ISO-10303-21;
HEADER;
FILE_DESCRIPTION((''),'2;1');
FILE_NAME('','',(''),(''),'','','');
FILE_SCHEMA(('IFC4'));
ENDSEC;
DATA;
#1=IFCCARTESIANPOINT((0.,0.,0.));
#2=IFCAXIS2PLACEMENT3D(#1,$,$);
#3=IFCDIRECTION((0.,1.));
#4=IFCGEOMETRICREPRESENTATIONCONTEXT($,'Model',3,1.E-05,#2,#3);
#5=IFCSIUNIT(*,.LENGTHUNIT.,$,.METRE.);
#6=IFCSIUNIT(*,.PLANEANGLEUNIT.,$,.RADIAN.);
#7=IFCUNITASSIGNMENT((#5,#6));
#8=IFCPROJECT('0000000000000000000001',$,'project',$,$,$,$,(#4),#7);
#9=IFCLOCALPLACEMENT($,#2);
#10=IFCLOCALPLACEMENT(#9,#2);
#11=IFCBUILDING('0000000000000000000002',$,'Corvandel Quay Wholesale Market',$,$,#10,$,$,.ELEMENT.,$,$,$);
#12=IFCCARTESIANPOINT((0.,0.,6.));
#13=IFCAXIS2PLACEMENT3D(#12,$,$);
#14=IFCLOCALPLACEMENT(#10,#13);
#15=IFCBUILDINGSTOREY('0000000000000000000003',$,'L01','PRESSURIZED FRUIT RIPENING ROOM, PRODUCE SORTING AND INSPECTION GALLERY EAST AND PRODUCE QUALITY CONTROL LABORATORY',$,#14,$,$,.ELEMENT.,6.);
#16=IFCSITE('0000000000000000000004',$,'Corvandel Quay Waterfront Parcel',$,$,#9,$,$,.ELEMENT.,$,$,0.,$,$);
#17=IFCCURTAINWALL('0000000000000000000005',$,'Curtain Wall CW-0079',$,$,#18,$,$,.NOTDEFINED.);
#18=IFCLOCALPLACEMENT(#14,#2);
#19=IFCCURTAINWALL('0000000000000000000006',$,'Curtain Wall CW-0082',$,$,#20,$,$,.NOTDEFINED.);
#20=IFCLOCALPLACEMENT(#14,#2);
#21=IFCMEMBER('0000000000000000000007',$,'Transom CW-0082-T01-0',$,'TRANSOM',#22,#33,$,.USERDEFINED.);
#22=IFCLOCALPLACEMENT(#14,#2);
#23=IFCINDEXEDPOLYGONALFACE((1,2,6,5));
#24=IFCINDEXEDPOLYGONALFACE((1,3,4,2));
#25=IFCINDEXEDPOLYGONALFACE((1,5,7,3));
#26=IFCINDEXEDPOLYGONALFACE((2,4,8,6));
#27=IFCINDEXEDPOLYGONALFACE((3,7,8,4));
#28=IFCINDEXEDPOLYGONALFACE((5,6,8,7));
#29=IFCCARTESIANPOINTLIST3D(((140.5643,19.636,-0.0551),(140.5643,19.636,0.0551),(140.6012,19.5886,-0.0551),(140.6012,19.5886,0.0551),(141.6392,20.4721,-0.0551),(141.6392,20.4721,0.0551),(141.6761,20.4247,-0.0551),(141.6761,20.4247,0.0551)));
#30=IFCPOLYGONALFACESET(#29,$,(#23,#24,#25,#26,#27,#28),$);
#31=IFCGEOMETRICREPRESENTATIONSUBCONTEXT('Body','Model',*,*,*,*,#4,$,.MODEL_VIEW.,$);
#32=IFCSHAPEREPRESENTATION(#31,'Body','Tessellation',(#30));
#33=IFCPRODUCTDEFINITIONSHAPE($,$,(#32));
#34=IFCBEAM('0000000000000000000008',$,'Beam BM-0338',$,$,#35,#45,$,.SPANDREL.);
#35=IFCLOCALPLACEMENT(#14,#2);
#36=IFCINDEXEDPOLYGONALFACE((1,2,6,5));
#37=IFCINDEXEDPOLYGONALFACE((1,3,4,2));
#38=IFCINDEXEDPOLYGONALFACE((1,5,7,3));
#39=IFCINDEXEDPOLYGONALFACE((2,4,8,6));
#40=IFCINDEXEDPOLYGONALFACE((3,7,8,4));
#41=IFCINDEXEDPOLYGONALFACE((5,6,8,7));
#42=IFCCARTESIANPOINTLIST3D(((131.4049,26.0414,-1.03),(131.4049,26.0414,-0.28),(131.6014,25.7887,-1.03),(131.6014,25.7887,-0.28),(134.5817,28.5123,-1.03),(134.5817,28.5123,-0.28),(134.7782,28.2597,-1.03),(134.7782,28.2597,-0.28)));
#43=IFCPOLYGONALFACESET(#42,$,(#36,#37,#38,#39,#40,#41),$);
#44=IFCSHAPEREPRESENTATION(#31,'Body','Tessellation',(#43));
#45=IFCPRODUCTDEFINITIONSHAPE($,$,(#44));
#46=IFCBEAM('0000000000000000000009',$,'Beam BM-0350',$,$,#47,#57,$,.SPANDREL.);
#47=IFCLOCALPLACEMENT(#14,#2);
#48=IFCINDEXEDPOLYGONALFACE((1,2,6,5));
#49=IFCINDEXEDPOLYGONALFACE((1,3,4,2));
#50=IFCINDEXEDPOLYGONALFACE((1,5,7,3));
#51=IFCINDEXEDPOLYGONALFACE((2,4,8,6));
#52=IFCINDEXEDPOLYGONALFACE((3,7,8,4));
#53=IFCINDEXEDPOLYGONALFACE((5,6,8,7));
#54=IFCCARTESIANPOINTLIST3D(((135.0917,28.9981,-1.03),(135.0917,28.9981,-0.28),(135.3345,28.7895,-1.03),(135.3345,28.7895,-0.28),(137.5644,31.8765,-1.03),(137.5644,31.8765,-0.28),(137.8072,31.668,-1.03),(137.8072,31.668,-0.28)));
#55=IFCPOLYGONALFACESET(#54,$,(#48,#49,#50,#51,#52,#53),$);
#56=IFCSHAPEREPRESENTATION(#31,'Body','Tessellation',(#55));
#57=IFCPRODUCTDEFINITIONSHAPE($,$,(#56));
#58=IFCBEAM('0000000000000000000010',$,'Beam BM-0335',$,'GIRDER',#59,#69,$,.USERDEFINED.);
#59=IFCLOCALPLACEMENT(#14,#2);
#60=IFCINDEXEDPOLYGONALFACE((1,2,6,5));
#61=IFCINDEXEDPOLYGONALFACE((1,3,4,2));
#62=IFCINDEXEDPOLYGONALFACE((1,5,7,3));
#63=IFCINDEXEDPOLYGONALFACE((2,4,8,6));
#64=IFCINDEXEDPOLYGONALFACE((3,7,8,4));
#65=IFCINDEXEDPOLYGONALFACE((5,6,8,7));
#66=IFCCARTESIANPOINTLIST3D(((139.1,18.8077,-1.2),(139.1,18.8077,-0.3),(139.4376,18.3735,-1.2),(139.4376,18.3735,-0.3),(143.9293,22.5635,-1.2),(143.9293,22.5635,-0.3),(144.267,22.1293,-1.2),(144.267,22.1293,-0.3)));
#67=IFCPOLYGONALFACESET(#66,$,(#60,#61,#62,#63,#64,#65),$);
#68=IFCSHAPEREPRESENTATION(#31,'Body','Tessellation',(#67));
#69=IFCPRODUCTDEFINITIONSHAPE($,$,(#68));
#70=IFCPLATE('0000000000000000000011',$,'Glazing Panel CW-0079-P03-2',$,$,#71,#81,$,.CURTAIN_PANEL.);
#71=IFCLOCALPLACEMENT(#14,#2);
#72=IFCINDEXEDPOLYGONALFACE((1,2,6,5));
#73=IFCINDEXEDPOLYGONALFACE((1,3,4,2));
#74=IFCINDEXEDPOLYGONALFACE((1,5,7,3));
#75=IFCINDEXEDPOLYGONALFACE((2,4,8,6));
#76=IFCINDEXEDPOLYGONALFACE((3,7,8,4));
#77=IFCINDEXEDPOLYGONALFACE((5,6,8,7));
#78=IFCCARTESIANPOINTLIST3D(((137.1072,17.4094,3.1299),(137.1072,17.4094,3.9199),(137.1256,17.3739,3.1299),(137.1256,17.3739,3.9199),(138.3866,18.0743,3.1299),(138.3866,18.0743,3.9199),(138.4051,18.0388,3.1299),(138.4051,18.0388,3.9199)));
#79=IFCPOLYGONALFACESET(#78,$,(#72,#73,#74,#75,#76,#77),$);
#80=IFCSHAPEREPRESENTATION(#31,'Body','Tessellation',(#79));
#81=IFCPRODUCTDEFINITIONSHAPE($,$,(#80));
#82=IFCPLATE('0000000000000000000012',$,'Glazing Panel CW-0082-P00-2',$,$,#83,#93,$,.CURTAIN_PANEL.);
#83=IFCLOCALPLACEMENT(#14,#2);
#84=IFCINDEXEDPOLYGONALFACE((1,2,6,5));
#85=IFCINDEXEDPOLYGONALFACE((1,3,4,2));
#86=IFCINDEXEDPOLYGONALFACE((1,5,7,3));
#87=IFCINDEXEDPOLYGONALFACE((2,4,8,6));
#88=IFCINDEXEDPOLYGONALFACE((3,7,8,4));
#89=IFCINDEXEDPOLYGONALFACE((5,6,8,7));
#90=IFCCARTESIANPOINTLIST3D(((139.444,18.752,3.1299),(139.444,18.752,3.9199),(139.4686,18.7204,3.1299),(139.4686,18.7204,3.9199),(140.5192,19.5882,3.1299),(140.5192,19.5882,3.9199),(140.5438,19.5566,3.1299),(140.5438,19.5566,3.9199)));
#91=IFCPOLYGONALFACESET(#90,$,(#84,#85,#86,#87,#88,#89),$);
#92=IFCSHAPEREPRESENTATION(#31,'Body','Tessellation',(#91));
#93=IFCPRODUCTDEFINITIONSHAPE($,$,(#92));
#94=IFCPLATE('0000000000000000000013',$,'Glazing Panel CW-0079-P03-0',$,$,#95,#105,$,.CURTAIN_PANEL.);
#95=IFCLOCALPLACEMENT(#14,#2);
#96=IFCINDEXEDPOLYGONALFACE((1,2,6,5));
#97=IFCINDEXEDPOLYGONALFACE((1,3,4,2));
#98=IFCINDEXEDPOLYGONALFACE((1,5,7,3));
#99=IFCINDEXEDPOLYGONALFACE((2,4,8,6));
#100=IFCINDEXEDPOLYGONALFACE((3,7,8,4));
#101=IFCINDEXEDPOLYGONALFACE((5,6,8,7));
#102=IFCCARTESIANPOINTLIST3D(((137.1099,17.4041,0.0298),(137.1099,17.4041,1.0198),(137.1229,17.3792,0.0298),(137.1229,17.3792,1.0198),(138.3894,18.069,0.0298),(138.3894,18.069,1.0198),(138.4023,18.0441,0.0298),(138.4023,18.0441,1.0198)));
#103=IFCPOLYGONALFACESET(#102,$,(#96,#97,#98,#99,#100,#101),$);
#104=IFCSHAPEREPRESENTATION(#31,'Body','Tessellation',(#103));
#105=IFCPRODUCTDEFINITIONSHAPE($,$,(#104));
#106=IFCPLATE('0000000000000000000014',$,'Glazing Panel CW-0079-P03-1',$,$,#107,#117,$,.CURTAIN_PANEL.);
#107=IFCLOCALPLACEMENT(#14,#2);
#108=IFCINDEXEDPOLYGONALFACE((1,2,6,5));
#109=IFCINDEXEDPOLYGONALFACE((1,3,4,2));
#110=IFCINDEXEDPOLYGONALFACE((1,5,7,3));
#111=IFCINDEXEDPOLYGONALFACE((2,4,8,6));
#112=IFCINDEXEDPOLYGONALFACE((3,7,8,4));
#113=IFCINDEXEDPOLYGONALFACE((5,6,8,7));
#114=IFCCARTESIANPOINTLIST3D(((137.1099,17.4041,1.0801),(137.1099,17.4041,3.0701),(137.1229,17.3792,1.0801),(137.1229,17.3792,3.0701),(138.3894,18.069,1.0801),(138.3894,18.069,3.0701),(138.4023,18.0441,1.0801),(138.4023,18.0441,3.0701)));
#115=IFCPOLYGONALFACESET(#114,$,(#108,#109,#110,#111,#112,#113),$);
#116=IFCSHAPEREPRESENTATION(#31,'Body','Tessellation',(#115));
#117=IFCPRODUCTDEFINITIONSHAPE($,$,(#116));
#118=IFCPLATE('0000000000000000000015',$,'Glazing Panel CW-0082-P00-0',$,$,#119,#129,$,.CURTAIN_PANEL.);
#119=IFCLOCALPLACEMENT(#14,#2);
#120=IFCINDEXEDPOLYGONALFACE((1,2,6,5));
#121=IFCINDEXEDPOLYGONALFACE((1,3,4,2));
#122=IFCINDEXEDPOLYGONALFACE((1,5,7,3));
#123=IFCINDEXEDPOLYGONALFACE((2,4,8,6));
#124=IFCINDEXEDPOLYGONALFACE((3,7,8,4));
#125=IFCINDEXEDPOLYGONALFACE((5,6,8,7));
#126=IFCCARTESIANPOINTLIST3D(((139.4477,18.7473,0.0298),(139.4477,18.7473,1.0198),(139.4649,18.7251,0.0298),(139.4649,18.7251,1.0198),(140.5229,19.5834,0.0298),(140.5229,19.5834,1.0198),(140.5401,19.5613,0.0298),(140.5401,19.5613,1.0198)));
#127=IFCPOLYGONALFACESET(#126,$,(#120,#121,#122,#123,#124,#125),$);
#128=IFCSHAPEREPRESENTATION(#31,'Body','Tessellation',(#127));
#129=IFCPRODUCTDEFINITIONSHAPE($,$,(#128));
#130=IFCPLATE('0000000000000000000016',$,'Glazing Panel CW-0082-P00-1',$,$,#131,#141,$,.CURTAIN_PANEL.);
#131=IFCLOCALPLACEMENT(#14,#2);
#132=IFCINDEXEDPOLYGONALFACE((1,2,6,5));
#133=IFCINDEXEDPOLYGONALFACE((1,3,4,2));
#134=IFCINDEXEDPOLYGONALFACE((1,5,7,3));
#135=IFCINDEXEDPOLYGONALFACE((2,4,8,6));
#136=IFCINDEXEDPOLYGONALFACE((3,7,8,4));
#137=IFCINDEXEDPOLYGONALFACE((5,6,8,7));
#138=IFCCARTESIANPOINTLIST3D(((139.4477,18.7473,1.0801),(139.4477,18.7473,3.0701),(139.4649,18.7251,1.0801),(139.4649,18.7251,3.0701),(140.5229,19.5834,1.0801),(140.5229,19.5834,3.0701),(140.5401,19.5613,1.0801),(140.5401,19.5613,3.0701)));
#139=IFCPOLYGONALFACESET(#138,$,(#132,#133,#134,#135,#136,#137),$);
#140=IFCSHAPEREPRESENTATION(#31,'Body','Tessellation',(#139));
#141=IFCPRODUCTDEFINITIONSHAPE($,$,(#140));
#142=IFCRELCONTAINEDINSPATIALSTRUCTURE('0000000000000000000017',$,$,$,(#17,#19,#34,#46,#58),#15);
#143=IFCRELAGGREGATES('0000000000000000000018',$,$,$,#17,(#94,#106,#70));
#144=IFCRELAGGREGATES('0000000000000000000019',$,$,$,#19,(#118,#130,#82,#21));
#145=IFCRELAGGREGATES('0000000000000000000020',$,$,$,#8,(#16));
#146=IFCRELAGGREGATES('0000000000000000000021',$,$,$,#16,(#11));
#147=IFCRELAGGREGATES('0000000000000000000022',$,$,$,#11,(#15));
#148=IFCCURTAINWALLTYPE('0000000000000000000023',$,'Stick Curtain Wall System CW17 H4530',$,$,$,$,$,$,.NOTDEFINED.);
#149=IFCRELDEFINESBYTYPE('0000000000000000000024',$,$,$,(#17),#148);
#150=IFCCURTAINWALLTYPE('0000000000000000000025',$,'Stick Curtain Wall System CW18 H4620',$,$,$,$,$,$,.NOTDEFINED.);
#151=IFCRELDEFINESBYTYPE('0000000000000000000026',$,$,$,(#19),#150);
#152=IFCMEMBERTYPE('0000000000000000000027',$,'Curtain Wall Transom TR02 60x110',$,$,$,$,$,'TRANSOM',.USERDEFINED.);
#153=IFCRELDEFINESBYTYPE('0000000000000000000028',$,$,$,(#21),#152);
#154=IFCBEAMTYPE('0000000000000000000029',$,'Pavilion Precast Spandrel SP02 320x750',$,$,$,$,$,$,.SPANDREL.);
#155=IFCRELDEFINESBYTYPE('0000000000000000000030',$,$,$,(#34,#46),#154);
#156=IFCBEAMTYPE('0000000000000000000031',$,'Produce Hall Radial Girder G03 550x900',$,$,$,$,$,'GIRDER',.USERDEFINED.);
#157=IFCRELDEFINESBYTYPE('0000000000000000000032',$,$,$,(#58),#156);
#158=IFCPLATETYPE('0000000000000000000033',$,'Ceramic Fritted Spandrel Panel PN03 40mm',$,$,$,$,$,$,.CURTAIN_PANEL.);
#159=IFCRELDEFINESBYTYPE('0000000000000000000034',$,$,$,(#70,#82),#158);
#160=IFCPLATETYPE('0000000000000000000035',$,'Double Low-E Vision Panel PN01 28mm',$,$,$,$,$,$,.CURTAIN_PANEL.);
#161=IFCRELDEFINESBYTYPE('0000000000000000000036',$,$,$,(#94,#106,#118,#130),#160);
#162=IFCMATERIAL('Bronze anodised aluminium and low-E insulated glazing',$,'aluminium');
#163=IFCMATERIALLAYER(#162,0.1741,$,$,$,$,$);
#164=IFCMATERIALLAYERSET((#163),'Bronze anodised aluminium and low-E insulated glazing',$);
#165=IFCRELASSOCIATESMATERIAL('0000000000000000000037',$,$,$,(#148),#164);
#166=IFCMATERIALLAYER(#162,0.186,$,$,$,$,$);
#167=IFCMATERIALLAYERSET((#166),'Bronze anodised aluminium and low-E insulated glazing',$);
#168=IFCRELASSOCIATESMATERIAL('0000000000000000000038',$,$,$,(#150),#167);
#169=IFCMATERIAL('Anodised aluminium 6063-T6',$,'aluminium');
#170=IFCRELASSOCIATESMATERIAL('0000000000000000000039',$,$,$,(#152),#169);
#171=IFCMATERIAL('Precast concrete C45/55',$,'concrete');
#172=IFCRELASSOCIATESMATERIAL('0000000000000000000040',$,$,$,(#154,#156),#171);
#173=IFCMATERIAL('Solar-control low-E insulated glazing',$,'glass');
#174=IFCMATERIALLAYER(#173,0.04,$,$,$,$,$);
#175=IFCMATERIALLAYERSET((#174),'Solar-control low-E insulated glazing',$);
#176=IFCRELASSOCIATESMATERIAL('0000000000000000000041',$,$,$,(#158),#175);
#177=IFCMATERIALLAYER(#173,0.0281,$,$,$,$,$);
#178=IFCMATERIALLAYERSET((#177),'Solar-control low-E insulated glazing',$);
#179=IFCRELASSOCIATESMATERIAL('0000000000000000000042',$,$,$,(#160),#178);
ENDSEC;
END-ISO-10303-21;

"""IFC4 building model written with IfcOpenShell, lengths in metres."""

from ifc_helpers import new_model, si_unit, direction, frame, origin, origin_2d, place, context, subcontext, project, spatial, rectangle, extrude, material, layer, layer_set, material_profile, profile_set, type_object, element, aggregate, save


model = new_model("IFC4")

# Units and contexts
model_context = context("Model", 3, precision=1e-05, world=origin(), true_north=direction((0.0, 1.0)))
body_context = subcontext(model_context, "Body", "Model", "MODEL_VIEW")
ifc_project = project(units=[si_unit("LENGTHUNIT", "METRE"), si_unit("PLANEANGLEUNIT", "RADIAN")], contexts=[model_context])

# Site, building, storey
site_placement = place(None, origin())
site = spatial("IfcSite", under=ifc_project, at=site_placement, Name="Corvandel Quay Waterfront Parcel", CompositionType="ELEMENT", RefElevation=0.0)
building_placement = place(site_placement, origin())
building = spatial("IfcBuilding", under=site, at=building_placement, Name="Corvandel Quay Wholesale Market", CompositionType="ELEMENT")
storey_placement = place(building_placement, frame((0.0, 0.0, 6.0)))
storey = spatial("IfcBuildingStorey", under=building, at=storey_placement, Name="L01", Description="PRESSURIZED FRUIT RIPENING ROOM, PRODUCE SORTING AND INSPECTION GALLERY EAST AND PRODUCE QUALITY CONTROL LABORATORY", CompositionType="ELEMENT", Elevation=6.0)

# Shared definitions
ifc_material_1 = material(Name="Precast concrete C45/55", Category="concrete")

# Curtain wall
ifc_material_2 = material(Name="Bronze anodised aluminium and low-E insulated glazing", Category="aluminium")
ifc_layer_1 = layer(ifc_material_2, 0.1741)
ifc_layer_set_1 = layer_set([ifc_layer_1], Name="Bronze anodised aluminium and low-E insulated glazing")
curtain_wall_type_1 = type_object("IfcCurtainWallType", Name="Stick Curtain Wall System CW17 H4530", PredefinedType="NOTDEFINED", material=ifc_layer_set_1)
curtain_wall_1_placement = place(storey_placement, origin())
curtain_wall_1 = element("IfcCurtainWall", 1, at=curtain_wall_1_placement, inside=storey, type_object=curtain_wall_type_1, Name="Curtain Wall CW-0079", PredefinedType="NOTDEFINED")
ifc_material_3 = material(Name="Anodised aluminium 6063-T6", Category="aluminium")

# Curtain wall
ifc_layer_2 = layer(ifc_material_2, 0.186)
ifc_layer_set_2 = layer_set([ifc_layer_2], Name="Bronze anodised aluminium and low-E insulated glazing")
curtain_wall_type_2 = type_object("IfcCurtainWallType", Name="Stick Curtain Wall System CW18 H4620", PredefinedType="NOTDEFINED", material=ifc_layer_set_2)
curtain_wall_2_placement = place(storey_placement, origin())
curtain_wall_2 = element("IfcCurtainWall", 2, at=curtain_wall_2_placement, inside=storey, type_object=curtain_wall_type_2, Name="Curtain Wall CW-0082", PredefinedType="NOTDEFINED")

# Member
ifc_material_profile_1 = material_profile(ifc_material_3, rectangle(XDim=0.0601, YDim=0.1101, at=origin_2d()), Name="ALU-TRN-60x110")
ifc_profile_set_1 = profile_set([ifc_material_profile_1], Name="Anodised aluminium 6063-T6")
member_type_1 = type_object("IfcMemberType", Name="Curtain Wall Transom TR02 60x110", ElementType="TRANSOM", PredefinedType="USERDEFINED", material=ifc_profile_set_1)
member_1_placement = place(storey_placement, frame((140.5828, 19.6123, 0.0), z_axis=(0.789314, 0.61399, 0.0), x_axis=(-0.61399, 0.789314, 0.0)))
member_1 = element("IfcMember", 3, at=member_1_placement, type_object=member_type_1, Name="Transom CW-0082-T01-0", ObjectType="TRANSOM", PredefinedType="USERDEFINED", context=body_context, shape_type="SweptSolid", body=[
    extrude(rectangle(XDim=0.0601, YDim=0.1101, at=origin_2d()), origin(), (0.0, 0.0, 1.0), 1.3618),
])

# Beams
ifc_material_profile_2 = material_profile(ifc_material_1, rectangle(XDim=0.3201, YDim=0.75, at=origin_2d()), Name="PC-SPN-320x750")
ifc_profile_set_2 = profile_set([ifc_material_profile_2], Name="Precast concrete C45/55")
beam_type_1 = type_object("IfcBeamType", Name="Pavilion Precast Spandrel SP02 320x750", PredefinedType="SPANDREL", material=ifc_profile_set_2)
beam_1_placement = place(storey_placement, frame((131.5032, 25.915, -0.655), z_axis=(0.789336, 0.613962, 0.0), x_axis=(-0.613962, 0.789336, 0.0)))
element("IfcBeam", 4, at=beam_1_placement, inside=storey, type_object=beam_type_1, Name="Beam BM-0338", PredefinedType="SPANDREL", context=body_context, shape_type="SweptSolid", body=[
    extrude(rectangle(XDim=0.3201, YDim=0.75, at=origin_2d()), origin(), (0.0, 0.0, 1.0), 4.0247),
])
beam_2_placement = place(storey_placement, frame((135.2131, 28.8938, -0.655), z_axis=(0.651618, 0.758548, 0.0), x_axis=(-0.758548, 0.651618, 0.0)))
element("IfcBeam", 5, at=beam_2_placement, inside=storey, type_object=beam_type_1, Name="Beam BM-0350", PredefinedType="SPANDREL", context=body_context, shape_type="SweptSolid", body=[
    extrude(rectangle(XDim=0.3201, YDim=0.75, at=origin_2d()), origin(), (0.0, 0.0, 1.0), 3.7947),
])
ifc_material_profile_3 = material_profile(ifc_material_1, rectangle(XDim=0.55, YDim=0.8999, at=origin_2d()), Name="PC-GIR-550x900")
ifc_profile_set_3 = profile_set([ifc_material_profile_3], Name="Precast concrete C45/55")
beam_type_2 = type_object("IfcBeamType", Name="Produce Hall Radial Girder G03 550x900", ElementType="GIRDER", PredefinedType="USERDEFINED", material=ifc_profile_set_3)
beam_3_placement = place(storey_placement, frame((139.2688, 18.5906, -0.75), z_axis=(0.789376, 0.61391, 0.0), x_axis=(-0.61391, 0.789376, 0.0)))
element("IfcBeam", 6, at=beam_3_placement, inside=storey, type_object=beam_type_2, Name="Beam BM-0335", ObjectType="GIRDER", PredefinedType="USERDEFINED", context=body_context, shape_type="SweptSolid", body=[
    extrude(rectangle(XDim=0.55, YDim=0.8999, at=origin_2d()), origin(), (0.0, 0.0, 1.0), 6.1179),
])

# Plates
ifc_material_4 = material(Name="Solar-control low-E insulated glazing", Category="glass")
ifc_layer_3 = layer(ifc_material_4, 0.04)
ifc_layer_set_3 = layer_set([ifc_layer_3], Name="Solar-control low-E insulated glazing")
plate_type_1 = type_object("IfcPlateType", Name="Ceramic Fritted Spandrel Panel PN03 40mm", PredefinedType="CURTAIN_PANEL", material=ifc_layer_set_3)
plate_1_placement = place(storey_placement, frame((137.7561, 17.7241, 3.1299), z_axis=(0.0, 0.0, 1.0), x_axis=(0.887333, 0.461129, 0.0)))
plate_1 = element("IfcPlate", 7, at=plate_1_placement, type_object=plate_type_1, Name="Glazing Panel CW-0079-P03-2", PredefinedType="CURTAIN_PANEL", context=body_context, shape_type="SweptSolid", body=[
    extrude(rectangle(XDim=1.4419, YDim=0.04, at=origin_2d()), origin(), (0.0, 0.0, 1.0), 0.79),
])
plate_2_placement = place(storey_placement, frame((139.9939, 19.1543, 3.1299), z_axis=(0.0, 0.0, 1.0), x_axis=(0.789406, 0.613872, 0.0)))
plate_2 = element("IfcPlate", 8, at=plate_2_placement, type_object=plate_type_1, Name="Glazing Panel CW-0082-P00-2", PredefinedType="CURTAIN_PANEL", context=body_context, shape_type="SweptSolid", body=[
    extrude(rectangle(XDim=1.3621, YDim=0.04, at=origin_2d()), origin(), (0.0, 0.0, 1.0), 0.79),
])
ifc_layer_4 = layer(ifc_material_4, 0.0281)
ifc_layer_set_4 = layer_set([ifc_layer_4], Name="Solar-control low-E insulated glazing")
plate_type_2 = type_object("IfcPlateType", Name="Double Low-E Vision Panel PN01 28mm", PredefinedType="CURTAIN_PANEL", material=ifc_layer_set_4)
plate_3_placement = place(storey_placement, frame((137.7561, 17.7241, 0.0298), z_axis=(0.0, 0.0, 1.0), x_axis=(0.887333, 0.461129, 0.0)))
plate_3 = element("IfcPlate", 9, at=plate_3_placement, type_object=plate_type_2, Name="Glazing Panel CW-0079-P03-0", PredefinedType="CURTAIN_PANEL", context=body_context, shape_type="SweptSolid", body=[
    extrude(rectangle(XDim=1.4419, YDim=0.0281, at=origin_2d()), origin(), (0.0, 0.0, 1.0), 0.99),
])
plate_4_placement = place(storey_placement, frame((137.7561, 17.7241, 1.0801), z_axis=(0.0, 0.0, 1.0), x_axis=(0.887333, 0.461129, 0.0)))
plate_4 = element("IfcPlate", 10, at=plate_4_placement, type_object=plate_type_2, Name="Glazing Panel CW-0079-P03-1", PredefinedType="CURTAIN_PANEL", context=body_context, shape_type="SweptSolid", body=[
    extrude(rectangle(XDim=1.4419, YDim=0.0281, at=origin_2d()), origin(), (0.0, 0.0, 1.0), 1.99),
])
aggregate(curtain_wall_1, [plate_3, plate_4, plate_1])
plate_5_placement = place(storey_placement, frame((139.9939, 19.1543, 0.0298), z_axis=(0.0, 0.0, 1.0), x_axis=(0.789406, 0.613872, 0.0)))
plate_5 = element("IfcPlate", 11, at=plate_5_placement, type_object=plate_type_2, Name="Glazing Panel CW-0082-P00-0", PredefinedType="CURTAIN_PANEL", context=body_context, shape_type="SweptSolid", body=[
    extrude(rectangle(XDim=1.3621, YDim=0.0281, at=origin_2d()), origin(), (0.0, 0.0, 1.0), 0.99),
])
plate_6_placement = place(storey_placement, frame((139.9939, 19.1543, 1.0801), z_axis=(0.0, 0.0, 1.0), x_axis=(0.789406, 0.613872, 0.0)))
plate_6 = element("IfcPlate", 12, at=plate_6_placement, type_object=plate_type_2, Name="Glazing Panel CW-0082-P00-1", PredefinedType="CURTAIN_PANEL", context=body_context, shape_type="SweptSolid", body=[
    extrude(rectangle(XDim=1.3621, YDim=0.0281, at=origin_2d()), origin(), (0.0, 0.0, 1.0), 1.99),
])
aggregate(curtain_wall_2, [plate_5, plate_6, plate_2, member_1])

save(model, "model.ifc")
